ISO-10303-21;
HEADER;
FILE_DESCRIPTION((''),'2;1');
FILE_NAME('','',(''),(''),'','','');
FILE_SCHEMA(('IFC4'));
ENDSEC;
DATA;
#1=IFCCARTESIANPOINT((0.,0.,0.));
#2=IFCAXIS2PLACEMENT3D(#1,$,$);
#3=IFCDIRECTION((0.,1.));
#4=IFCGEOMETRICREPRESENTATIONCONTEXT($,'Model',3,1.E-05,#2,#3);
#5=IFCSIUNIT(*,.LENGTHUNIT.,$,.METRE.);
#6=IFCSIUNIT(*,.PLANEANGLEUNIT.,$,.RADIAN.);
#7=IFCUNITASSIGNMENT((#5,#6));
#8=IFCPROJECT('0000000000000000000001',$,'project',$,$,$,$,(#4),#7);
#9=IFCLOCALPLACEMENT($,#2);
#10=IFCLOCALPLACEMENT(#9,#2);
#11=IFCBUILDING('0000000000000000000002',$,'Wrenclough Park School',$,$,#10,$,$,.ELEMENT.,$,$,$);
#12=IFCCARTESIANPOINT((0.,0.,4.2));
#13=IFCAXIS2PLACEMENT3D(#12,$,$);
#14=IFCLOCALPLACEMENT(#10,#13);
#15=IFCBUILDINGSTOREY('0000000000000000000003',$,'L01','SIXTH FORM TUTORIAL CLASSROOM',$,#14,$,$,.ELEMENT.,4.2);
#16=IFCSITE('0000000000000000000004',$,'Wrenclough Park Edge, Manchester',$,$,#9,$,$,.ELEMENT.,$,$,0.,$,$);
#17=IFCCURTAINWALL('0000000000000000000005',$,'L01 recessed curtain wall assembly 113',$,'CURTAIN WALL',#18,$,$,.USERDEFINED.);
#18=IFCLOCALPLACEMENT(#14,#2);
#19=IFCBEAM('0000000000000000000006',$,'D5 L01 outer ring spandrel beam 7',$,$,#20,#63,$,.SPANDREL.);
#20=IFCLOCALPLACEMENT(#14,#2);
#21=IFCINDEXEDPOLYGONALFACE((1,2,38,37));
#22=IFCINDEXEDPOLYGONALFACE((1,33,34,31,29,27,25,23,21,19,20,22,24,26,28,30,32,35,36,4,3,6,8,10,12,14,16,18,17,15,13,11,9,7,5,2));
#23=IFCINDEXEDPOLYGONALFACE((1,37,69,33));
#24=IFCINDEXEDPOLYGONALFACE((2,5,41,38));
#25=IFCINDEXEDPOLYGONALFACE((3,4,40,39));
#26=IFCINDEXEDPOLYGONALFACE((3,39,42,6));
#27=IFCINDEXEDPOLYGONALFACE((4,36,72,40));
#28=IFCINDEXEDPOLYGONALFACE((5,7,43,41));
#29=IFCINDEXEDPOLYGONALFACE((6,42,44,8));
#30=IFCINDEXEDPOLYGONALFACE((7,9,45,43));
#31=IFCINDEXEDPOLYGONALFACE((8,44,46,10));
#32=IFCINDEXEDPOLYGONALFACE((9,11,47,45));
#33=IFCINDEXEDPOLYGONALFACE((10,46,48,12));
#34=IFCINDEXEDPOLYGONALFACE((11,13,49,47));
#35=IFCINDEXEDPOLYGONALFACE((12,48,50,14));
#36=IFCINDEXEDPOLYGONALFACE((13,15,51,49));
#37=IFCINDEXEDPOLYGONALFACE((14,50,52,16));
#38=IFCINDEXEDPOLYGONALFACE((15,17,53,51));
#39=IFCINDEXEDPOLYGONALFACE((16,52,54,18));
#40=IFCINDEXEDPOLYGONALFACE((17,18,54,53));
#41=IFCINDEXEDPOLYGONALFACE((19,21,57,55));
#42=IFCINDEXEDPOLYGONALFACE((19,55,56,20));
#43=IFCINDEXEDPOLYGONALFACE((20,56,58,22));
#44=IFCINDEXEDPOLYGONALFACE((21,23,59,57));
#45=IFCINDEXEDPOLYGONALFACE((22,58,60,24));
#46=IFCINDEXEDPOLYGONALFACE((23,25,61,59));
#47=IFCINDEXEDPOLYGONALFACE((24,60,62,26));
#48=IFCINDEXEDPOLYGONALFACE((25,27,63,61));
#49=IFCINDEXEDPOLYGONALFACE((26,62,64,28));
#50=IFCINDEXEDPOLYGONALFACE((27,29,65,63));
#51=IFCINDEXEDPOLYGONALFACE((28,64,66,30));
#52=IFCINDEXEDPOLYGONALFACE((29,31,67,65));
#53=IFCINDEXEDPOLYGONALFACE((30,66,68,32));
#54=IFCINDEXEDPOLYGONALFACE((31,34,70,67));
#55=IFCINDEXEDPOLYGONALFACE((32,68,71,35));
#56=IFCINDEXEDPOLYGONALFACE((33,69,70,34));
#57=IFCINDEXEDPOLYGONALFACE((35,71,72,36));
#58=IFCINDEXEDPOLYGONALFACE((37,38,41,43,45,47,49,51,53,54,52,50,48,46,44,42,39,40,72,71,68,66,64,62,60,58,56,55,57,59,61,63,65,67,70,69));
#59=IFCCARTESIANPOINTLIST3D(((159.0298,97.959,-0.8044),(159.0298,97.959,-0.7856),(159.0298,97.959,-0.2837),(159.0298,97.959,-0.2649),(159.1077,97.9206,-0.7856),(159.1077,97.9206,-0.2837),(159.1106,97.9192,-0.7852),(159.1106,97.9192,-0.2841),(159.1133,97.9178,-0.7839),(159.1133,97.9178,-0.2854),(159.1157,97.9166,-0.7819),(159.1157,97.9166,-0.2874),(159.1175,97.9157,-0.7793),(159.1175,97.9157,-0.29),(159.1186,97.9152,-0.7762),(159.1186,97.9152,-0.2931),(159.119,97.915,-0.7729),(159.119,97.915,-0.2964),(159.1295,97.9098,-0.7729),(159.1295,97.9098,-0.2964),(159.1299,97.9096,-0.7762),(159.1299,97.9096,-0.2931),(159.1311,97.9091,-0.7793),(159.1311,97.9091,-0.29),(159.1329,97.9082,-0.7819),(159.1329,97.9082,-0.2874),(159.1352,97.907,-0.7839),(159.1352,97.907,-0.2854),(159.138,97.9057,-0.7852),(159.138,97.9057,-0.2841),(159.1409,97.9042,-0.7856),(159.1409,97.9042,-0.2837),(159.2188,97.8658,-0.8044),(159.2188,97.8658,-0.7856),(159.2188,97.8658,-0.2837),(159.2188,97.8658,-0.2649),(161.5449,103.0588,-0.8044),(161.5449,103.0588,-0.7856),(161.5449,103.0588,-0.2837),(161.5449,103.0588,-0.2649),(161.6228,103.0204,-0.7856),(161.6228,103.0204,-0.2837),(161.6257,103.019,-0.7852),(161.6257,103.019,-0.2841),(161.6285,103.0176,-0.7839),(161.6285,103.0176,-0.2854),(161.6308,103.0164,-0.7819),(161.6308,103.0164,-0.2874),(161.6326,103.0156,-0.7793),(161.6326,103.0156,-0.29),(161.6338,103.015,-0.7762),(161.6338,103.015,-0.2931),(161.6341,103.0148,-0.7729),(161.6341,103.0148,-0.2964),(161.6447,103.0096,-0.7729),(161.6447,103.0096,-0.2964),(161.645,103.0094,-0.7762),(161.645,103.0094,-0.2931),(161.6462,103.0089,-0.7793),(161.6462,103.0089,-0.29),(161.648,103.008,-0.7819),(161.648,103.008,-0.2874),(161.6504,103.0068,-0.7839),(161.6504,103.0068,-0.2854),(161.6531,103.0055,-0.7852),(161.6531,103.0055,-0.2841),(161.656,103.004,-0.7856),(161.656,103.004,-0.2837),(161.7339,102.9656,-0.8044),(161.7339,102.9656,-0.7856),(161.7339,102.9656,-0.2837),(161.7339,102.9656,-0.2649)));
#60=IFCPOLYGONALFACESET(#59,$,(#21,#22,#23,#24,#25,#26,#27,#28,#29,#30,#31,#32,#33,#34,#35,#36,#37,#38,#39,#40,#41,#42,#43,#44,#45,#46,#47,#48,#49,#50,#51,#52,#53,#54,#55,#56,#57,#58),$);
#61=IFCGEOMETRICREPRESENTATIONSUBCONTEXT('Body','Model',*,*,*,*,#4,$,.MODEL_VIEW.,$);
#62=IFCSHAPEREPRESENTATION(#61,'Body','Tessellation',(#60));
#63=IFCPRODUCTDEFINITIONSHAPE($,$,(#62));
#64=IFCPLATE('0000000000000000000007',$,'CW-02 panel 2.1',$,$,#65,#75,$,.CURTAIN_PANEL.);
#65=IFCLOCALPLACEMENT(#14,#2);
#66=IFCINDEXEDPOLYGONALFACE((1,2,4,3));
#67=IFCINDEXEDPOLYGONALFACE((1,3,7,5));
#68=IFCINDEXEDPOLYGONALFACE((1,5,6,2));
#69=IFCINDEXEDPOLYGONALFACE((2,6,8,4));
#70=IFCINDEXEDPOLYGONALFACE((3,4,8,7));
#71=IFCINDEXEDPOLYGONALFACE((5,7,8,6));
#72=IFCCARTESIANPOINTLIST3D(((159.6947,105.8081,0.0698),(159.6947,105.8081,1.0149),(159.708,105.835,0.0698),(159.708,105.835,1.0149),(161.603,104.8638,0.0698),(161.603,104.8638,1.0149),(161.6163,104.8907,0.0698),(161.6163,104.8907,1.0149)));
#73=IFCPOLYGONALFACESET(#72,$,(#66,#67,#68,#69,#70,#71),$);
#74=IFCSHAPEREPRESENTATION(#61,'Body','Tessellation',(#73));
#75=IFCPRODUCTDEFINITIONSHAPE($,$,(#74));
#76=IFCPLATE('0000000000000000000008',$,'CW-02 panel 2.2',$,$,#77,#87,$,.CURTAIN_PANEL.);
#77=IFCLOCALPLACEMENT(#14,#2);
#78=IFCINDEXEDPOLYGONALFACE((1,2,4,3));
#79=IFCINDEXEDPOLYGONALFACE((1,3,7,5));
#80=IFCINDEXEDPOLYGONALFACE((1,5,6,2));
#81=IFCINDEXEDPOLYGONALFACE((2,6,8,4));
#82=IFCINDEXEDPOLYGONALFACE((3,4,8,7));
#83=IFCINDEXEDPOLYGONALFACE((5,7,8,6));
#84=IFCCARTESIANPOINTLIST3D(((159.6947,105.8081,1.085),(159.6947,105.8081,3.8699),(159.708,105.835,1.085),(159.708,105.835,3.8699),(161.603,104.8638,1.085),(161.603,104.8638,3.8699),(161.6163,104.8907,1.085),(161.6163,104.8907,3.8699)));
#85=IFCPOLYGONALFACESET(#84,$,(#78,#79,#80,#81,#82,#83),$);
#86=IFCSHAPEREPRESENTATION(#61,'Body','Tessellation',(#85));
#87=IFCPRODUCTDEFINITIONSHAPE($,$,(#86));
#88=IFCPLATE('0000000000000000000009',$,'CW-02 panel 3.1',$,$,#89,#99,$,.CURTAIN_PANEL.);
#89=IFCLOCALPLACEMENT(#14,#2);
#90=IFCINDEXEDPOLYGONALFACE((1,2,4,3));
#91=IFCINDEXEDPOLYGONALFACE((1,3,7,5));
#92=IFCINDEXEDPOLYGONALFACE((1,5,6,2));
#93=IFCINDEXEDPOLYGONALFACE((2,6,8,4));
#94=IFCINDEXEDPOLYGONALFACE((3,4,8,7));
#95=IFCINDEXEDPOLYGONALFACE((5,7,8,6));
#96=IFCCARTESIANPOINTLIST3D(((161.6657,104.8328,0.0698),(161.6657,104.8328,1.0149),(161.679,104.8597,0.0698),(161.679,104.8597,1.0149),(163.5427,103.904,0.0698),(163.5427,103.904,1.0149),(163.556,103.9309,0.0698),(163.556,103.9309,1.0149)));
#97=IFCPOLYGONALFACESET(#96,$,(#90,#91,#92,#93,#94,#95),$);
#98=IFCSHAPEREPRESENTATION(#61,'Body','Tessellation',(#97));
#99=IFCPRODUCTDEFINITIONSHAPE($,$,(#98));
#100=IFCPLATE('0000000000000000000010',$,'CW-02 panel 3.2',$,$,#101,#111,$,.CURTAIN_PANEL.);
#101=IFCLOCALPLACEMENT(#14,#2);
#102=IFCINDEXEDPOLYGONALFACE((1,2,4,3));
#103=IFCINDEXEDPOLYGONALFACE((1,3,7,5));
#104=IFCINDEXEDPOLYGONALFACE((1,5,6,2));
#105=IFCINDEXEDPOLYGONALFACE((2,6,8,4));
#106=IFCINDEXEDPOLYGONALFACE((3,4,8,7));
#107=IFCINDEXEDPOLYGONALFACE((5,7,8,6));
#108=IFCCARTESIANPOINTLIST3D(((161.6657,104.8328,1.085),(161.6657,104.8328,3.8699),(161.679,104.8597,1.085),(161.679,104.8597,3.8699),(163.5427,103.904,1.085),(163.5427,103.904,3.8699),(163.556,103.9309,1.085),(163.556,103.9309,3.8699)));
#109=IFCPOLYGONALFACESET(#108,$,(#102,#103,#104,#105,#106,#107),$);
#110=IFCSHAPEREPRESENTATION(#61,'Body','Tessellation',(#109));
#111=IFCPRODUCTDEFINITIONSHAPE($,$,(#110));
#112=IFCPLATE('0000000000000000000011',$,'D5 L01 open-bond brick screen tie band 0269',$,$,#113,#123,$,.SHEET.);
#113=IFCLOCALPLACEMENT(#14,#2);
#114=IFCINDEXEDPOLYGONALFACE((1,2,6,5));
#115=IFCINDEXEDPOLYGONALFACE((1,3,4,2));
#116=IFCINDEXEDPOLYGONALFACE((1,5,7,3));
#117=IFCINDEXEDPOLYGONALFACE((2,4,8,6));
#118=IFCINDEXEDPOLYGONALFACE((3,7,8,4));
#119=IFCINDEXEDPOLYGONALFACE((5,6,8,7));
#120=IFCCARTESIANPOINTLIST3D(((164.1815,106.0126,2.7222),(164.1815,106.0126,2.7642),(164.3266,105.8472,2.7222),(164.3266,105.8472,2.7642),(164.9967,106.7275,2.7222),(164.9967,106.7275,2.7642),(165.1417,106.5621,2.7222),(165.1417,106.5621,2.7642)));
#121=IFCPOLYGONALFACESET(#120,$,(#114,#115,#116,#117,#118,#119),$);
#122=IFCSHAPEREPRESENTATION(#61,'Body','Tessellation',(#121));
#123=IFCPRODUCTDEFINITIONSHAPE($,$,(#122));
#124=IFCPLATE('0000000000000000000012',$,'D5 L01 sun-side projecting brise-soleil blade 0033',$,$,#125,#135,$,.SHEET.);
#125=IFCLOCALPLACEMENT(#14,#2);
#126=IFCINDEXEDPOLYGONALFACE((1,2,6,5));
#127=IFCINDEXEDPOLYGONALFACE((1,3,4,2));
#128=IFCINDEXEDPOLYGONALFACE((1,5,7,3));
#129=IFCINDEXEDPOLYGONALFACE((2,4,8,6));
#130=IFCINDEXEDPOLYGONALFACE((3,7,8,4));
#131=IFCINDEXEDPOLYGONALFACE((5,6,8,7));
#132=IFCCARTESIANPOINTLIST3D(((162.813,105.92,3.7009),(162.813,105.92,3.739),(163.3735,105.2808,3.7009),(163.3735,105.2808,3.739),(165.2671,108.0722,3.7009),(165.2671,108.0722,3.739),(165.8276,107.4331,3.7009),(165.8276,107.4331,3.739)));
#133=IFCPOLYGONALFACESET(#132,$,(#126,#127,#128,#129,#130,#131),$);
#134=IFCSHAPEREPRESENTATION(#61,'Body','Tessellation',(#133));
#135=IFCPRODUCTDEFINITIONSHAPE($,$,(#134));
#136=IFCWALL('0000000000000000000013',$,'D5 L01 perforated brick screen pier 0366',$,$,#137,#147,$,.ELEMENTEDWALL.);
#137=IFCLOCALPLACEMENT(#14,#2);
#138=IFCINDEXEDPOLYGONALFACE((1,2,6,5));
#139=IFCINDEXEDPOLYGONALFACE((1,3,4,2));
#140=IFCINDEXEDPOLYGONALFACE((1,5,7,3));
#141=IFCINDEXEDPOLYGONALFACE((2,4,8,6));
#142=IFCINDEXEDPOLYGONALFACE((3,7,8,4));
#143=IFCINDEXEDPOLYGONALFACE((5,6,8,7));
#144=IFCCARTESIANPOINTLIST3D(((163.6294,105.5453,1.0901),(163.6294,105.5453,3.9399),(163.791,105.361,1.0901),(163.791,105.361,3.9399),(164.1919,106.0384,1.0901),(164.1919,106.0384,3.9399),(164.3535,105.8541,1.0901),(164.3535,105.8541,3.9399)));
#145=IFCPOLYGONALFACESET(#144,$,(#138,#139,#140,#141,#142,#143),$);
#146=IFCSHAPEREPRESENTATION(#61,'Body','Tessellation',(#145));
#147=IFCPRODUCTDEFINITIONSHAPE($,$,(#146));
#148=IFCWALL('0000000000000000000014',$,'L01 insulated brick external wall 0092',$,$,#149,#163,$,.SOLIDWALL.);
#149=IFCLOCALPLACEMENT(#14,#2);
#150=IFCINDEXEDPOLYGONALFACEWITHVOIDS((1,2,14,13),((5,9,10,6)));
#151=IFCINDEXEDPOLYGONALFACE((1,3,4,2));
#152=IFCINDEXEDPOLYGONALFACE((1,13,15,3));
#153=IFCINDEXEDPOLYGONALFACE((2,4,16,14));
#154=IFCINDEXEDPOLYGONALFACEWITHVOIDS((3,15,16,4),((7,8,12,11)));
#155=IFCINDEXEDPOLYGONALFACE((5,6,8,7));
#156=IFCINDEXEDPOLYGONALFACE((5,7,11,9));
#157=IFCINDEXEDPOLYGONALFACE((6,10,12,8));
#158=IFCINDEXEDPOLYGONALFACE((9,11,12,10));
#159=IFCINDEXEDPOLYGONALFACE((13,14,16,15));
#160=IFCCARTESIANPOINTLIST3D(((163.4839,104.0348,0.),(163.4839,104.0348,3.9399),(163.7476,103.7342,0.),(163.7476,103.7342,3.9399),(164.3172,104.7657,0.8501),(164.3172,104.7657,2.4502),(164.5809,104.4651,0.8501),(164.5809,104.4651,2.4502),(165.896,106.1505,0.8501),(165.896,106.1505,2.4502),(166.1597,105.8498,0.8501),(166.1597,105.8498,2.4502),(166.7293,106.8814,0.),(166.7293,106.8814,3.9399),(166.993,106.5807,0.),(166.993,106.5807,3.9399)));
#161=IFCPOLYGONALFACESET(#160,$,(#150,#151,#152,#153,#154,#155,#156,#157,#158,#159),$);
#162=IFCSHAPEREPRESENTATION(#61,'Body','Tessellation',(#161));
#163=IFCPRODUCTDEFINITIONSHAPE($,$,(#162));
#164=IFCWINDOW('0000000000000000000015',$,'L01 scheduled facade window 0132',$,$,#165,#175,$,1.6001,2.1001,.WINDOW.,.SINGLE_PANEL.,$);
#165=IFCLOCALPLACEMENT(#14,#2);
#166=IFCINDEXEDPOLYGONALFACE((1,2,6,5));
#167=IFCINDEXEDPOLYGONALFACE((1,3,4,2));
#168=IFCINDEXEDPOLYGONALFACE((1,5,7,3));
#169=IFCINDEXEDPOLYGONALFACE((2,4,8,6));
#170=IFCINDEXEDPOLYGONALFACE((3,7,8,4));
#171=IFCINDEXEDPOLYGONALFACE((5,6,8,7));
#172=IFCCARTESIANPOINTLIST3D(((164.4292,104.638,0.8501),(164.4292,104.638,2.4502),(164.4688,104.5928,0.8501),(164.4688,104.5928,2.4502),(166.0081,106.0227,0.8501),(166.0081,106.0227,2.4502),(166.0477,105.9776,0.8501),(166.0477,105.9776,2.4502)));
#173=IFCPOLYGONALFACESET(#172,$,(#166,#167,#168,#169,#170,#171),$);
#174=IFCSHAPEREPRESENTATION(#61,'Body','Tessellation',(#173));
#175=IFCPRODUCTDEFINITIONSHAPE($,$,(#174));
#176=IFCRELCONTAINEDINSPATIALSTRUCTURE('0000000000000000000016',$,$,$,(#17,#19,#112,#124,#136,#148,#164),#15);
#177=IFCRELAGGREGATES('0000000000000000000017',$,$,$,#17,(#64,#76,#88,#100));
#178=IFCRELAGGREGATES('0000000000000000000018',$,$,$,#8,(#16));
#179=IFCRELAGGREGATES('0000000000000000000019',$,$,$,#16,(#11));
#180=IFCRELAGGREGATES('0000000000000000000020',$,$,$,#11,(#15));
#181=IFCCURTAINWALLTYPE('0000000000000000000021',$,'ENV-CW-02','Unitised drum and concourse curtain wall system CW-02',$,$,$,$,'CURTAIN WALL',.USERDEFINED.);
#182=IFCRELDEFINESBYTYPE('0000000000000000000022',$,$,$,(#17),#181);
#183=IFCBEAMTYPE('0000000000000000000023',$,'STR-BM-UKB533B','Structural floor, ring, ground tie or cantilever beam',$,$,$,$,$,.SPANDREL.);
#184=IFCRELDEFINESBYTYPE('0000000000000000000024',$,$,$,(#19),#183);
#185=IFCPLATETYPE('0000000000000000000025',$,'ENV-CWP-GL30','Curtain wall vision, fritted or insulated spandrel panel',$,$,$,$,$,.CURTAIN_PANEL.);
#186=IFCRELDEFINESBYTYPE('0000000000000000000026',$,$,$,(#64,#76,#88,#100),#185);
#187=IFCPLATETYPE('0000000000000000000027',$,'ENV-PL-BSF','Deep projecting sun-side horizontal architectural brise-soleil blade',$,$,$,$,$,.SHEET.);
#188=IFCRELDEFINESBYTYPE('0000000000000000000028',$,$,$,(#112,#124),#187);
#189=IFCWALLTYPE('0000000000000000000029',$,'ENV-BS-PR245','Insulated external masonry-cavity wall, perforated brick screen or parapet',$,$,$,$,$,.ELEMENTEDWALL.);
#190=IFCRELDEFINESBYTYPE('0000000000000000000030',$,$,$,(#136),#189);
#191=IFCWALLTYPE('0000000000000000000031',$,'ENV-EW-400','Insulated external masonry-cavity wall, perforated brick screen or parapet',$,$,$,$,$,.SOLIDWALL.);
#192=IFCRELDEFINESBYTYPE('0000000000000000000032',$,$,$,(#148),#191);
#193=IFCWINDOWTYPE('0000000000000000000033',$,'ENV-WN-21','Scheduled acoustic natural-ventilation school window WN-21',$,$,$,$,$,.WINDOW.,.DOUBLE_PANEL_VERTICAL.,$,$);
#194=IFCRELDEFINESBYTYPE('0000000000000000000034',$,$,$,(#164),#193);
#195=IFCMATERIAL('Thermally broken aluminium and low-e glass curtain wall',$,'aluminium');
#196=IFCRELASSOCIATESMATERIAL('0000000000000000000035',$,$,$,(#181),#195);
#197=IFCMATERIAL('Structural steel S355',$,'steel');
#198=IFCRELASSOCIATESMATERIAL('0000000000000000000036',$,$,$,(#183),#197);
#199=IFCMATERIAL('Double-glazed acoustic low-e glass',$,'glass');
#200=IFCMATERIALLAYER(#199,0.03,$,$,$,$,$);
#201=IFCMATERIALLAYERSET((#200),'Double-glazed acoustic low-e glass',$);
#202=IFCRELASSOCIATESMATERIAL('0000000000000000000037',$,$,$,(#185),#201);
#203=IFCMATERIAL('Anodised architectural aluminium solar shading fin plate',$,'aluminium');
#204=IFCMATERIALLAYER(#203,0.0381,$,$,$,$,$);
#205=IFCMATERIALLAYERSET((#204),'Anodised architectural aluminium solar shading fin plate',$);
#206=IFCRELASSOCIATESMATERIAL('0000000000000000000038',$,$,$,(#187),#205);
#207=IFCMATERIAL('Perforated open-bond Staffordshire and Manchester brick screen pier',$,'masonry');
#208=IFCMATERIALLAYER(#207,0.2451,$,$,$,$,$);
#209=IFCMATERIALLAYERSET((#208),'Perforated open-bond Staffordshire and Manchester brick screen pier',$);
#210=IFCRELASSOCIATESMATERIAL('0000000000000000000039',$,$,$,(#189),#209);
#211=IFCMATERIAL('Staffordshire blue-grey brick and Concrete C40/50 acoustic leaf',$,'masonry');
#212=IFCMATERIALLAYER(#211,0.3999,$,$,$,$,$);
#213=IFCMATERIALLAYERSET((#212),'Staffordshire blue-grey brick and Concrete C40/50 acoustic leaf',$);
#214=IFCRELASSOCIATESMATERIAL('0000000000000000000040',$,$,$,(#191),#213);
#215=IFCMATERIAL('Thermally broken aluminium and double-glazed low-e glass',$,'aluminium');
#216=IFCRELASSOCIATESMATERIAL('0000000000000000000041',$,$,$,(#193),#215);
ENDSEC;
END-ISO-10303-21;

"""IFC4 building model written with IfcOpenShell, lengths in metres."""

from ifc_helpers import new_model, si_unit, direction, frame, frame_2d, origin, origin_2d, place, context, subcontext, project, spatial, rectangle, i_section, extrude, material, layer, layer_set, material_profile, profile_set, type_object, element, fill, aggregate, save


model = new_model("IFC4")

# Units and contexts
model_context = context("Model", 3, precision=1e-05, world=origin(), true_north=direction((0.0, 1.0)))
body_context = subcontext(model_context, "Body", "Model", "MODEL_VIEW")
ifc_project = project(units=[si_unit("LENGTHUNIT", "METRE"), si_unit("PLANEANGLEUNIT", "RADIAN")], contexts=[model_context])

# Site, building, storey
site_placement = place(None, origin())
site = spatial("IfcSite", under=ifc_project, at=site_placement, Name="Wrenclough Park Edge, Manchester", CompositionType="ELEMENT", RefElevation=0.0)
building_placement = place(site_placement, origin())
building = spatial("IfcBuilding", under=site, at=building_placement, Name="Wrenclough Park School", CompositionType="ELEMENT")
storey_placement = place(building_placement, frame((0.0, 0.0, 4.2)))
storey = spatial("IfcBuildingStorey", under=building, at=storey_placement, Name="L01", Description="SIXTH FORM TUTORIAL CLASSROOM", CompositionType="ELEMENT", Elevation=4.2)

# Curtain wall
ifc_material_1 = material(Name="Thermally broken aluminium and low-e glass curtain wall", Category="aluminium")
curtain_wall_type = type_object("IfcCurtainWallType", Name="ENV-CW-02", Description="Unitised drum and concourse curtain wall system CW-02", ElementType="CURTAIN WALL", PredefinedType="USERDEFINED", material=ifc_material_1)
curtain_wall_placement = place(storey_placement, origin())
curtain_wall = element("IfcCurtainWall", 1, at=curtain_wall_placement, inside=storey, type_object=curtain_wall_type, Name="L01 recessed curtain wall assembly 113", ObjectType="CURTAIN WALL", PredefinedType="USERDEFINED")

# Beam
ifc_material_2 = material(Name="Structural steel S355", Category="steel")
ifc_material_profile_1 = material_profile(ifc_material_2, i_section(OverallWidth=0.2107, OverallDepth=0.5396, WebThickness=0.0117, FlangeThickness=0.0188, FilletRadius=0.0127, at=origin_2d()), Name="UKB 533x210x109")
ifc_profile_set_1 = profile_set([ifc_material_profile_1], Name="Structural steel S355")
beam_type_1 = type_object("IfcBeamType", Name="STR-BM-UKB533B", Description="Structural floor, ring, ground tie or cantilever beam", PredefinedType="SPANDREL", material=ifc_profile_set_1)
beam_1_placement = place(storey_placement, frame((161.6394, 103.0122, -0.5347), z_axis=(-0.442312, -0.896861, 0.0), x_axis=(0.896861, -0.442312, 0.0)))
element("IfcBeam", 2, at=beam_1_placement, inside=storey, type_object=beam_type_1, Name="D5 L01 outer ring spandrel beam 7", PredefinedType="SPANDREL", context=body_context, shape_type="SweptSolid", body=[
    extrude(i_section(OverallWidth=0.2107, OverallDepth=0.5396, WebThickness=0.0117, FlangeThickness=0.0188, FilletRadius=0.0127, at=origin_2d()), origin(), (0.0, 0.0, 1.0), 5.6863),
])

# Plates
ifc_material_3 = material(Name="Double-glazed acoustic low-e glass", Category="glass")
ifc_layer_1 = layer(ifc_material_3, 0.03)
ifc_layer_set_1 = layer_set([ifc_layer_1], Name="Double-glazed acoustic low-e glass")
plate_type_1 = type_object("IfcPlateType", Name="ENV-CWP-GL30", Description="Curtain wall vision, fritted or insulated spandrel panel", PredefinedType="CURTAIN_PANEL", material=ifc_layer_set_1)
plate_1_placement = place(storey_placement, frame((160.6555, 105.3494, 0.0698), z_axis=(0.0, 0.0, 1.0), x_axis=(0.896269, -0.443511, 0.0)))
plate_1 = element("IfcPlate", 3, at=plate_1_placement, type_object=plate_type_1, Name="CW-02 panel 2.1", PredefinedType="CURTAIN_PANEL", context=body_context, shape_type="SweptSolid", body=[
    extrude(rectangle(XDim=2.1292, YDim=0.03, at=origin_2d()), origin(), (0.0, 0.0, 1.0), 0.9451),
])
plate_2_placement = place(storey_placement, frame((160.6555, 105.3494, 1.085), z_axis=(0.0, 0.0, 1.0), x_axis=(0.896269, -0.443511, 0.0)))
plate_2 = element("IfcPlate", 4, at=plate_2_placement, type_object=plate_type_1, Name="CW-02 panel 2.2", PredefinedType="CURTAIN_PANEL", context=body_context, shape_type="SweptSolid", body=[
    extrude(rectangle(XDim=2.1292, YDim=0.03, at=origin_2d()), origin(), (0.0, 0.0, 1.0), 2.7849),
])
plate_3_placement = place(storey_placement, frame((162.6108, 104.3818, 0.0698), z_axis=(0.0, 0.0, 1.0), x_axis=(0.896269, -0.443511, 0.0)))
plate_3 = element("IfcPlate", 5, at=plate_3_placement, type_object=plate_type_1, Name="CW-02 panel 3.1", PredefinedType="CURTAIN_PANEL", context=body_context, shape_type="SweptSolid", body=[
    extrude(rectangle(XDim=2.0942, YDim=0.03, at=origin_2d()), origin(), (0.0, 0.0, 1.0), 0.9451),
])
plate_4_placement = place(storey_placement, frame((162.6108, 104.3818, 1.085), z_axis=(0.0, 0.0, 1.0), x_axis=(0.896269, -0.443511, 0.0)))
plate_4 = element("IfcPlate", 6, at=plate_4_placement, type_object=plate_type_1, Name="CW-02 panel 3.2", PredefinedType="CURTAIN_PANEL", context=body_context, shape_type="SweptSolid", body=[
    extrude(rectangle(XDim=2.0942, YDim=0.03, at=origin_2d()), origin(), (0.0, 0.0, 1.0), 2.7849),
])
aggregate(curtain_wall, [plate_1, plate_2, plate_3, plate_4])

# Plates
ifc_material_4 = material(Name="Anodised architectural aluminium solar shading fin plate", Category="aluminium")
ifc_layer_2 = layer(ifc_material_4, 0.0381)
ifc_layer_set_2 = layer_set([ifc_layer_2], Name="Anodised architectural aluminium solar shading fin plate")
plate_type_2 = type_object("IfcPlateType", Name="ENV-PL-BSF", Description="Deep projecting sun-side horizontal architectural brise-soleil blade", PredefinedType="SHEET", material=ifc_layer_set_2)
plate_5_placement = place(storey_placement, frame((164.6616, 106.2874, 2.7222), z_axis=(0.0, 0.0, 1.0), x_axis=(-0.751831, -0.659356, 0.0)))
element("IfcPlate", 7, at=plate_5_placement, inside=storey, type_object=plate_type_2, Name="D5 L01 open-bond brick screen tie band 0269", PredefinedType="SHEET", context=body_context, shape_type="SweptSolid", body=[
    extrude(rectangle(XDim=1.0842, YDim=0.22, at=origin_2d()), origin(), (0.0, 0.0, 1.0), 0.042),
])
plate_6_placement = place(storey_placement, frame((164.3203, 106.6765, 3.7009), z_axis=(0.0, 0.0, 1.0), x_axis=(-0.751831, -0.659356, 0.0)))
element("IfcPlate", 8, at=plate_6_placement, inside=storey, type_object=plate_type_2, Name="D5 L01 sun-side projecting brise-soleil blade 0033", PredefinedType="SHEET", context=body_context, shape_type="SweptSolid", body=[
    extrude(rectangle(XDim=3.2642, YDim=0.8501, at=origin_2d()), origin(), (0.0, 0.0, 1.0), 0.0381),
])

# Wall
ifc_material_5 = material(Name="Perforated open-bond Staffordshire and Manchester brick screen pier", Category="masonry")
ifc_layer_3 = layer(ifc_material_5, 0.2451)
ifc_layer_set_3 = layer_set([ifc_layer_3], Name="Perforated open-bond Staffordshire and Manchester brick screen pier")
wall_type_1 = type_object("IfcWallType", Name="ENV-BS-PR245", Description="Insulated external masonry-cavity wall, perforated brick screen or parapet", PredefinedType="ELEMENTEDWALL", material=ifc_layer_set_3)
wall_1_placement = place(storey_placement, frame((164.2727, 105.9463, 1.0901), z_axis=(0.0, 0.0, 1.0), x_axis=(-0.751929, -0.659244, 0.0)))
element("IfcWall", 9, at=wall_1_placement, inside=storey, type_object=wall_type_1, Name="D5 L01 perforated brick screen pier 0366", PredefinedType="ELEMENTEDWALL", context=body_context, shape_type="SweptSolid", body=[
    extrude(rectangle(XDim=0.748, YDim=0.2451, at=frame_2d((0.374, 0.0))), origin(), (0.0, 0.0, 1.0), 2.8499),
])

# Wall, opening, window
ifc_material_6 = material(Name="Staffordshire blue-grey brick and Concrete C40/50 acoustic leaf", Category="masonry")
ifc_layer_4 = layer(ifc_material_6, 0.3999)
ifc_layer_set_4 = layer_set([ifc_layer_4], Name="Staffordshire blue-grey brick and Concrete C40/50 acoustic leaf")
wall_type_2 = type_object("IfcWallType", Name="ENV-EW-400", Description="Insulated external masonry-cavity wall, perforated brick screen or parapet", PredefinedType="SOLIDWALL", material=ifc_layer_set_4)
wall_2_placement = place(storey_placement, frame((163.6157, 103.8845, 0.0), z_axis=(0.0, 0.0, 1.0), x_axis=(0.751802, 0.659389, 0.0)))
wall_2 = element("IfcWall", 10, at=wall_2_placement, inside=storey, type_object=wall_type_2, Name="L01 insulated brick external wall 0092", PredefinedType="SOLIDWALL", context=body_context, shape_type="SweptSolid", body=[
    extrude(rectangle(XDim=4.3169, YDim=0.3999, at=frame_2d((2.1584, 0.0))), origin(), (0.0, 0.0, 1.0), 3.9399),
])
opening_1_placement = place(wall_2_placement, frame((1.1084, 0.0, 0.8501)))
opening_1 = element("IfcOpeningElement", 11, at=opening_1_placement, cuts=wall_2, PredefinedType="OPENING", context=body_context, shape_type="SweptSolid", body=[
    extrude(rectangle(XDim=2.1001, YDim=1.6001, at=frame_2d((1.05, 0.8))), frame((0.0, 0.21, 0.0), z_axis=(0.0, -1.0, 0.0), x_axis=(1.0, 0.0, 0.0)), (0.0, 0.0, 1.0), 0.4199),
])
ifc_material_7 = material(Name="Thermally broken aluminium and double-glazed low-e glass", Category="aluminium")
window_type = type_object("IfcWindowType", Name="ENV-WN-21", Description="Scheduled acoustic natural-ventilation school window WN-21", PartitioningType="DOUBLE_PANEL_VERTICAL", PredefinedType="WINDOW", material=ifc_material_7)
window_placement = place(opening_1_placement, origin())
window = element("IfcWindow", 12, at=window_placement, inside=storey, type_object=window_type, Name="L01 scheduled facade window 0132", OverallHeight=1.6001, OverallWidth=2.1001, PartitioningType="SINGLE_PANEL", PredefinedType="WINDOW", context=body_context, shape_type="SweptSolid", body=[
    extrude(rectangle(XDim=2.1001, YDim=1.6001, at=frame_2d((1.05, 0.8))), frame((0.0, 0.03, 0.0), z_axis=(0.0, -1.0, 0.0), x_axis=(1.0, 0.0, 0.0)), (0.0, 0.0, 1.0), 0.0601),
])
fill(opening_1, window)

save(model, "model.ifc")
